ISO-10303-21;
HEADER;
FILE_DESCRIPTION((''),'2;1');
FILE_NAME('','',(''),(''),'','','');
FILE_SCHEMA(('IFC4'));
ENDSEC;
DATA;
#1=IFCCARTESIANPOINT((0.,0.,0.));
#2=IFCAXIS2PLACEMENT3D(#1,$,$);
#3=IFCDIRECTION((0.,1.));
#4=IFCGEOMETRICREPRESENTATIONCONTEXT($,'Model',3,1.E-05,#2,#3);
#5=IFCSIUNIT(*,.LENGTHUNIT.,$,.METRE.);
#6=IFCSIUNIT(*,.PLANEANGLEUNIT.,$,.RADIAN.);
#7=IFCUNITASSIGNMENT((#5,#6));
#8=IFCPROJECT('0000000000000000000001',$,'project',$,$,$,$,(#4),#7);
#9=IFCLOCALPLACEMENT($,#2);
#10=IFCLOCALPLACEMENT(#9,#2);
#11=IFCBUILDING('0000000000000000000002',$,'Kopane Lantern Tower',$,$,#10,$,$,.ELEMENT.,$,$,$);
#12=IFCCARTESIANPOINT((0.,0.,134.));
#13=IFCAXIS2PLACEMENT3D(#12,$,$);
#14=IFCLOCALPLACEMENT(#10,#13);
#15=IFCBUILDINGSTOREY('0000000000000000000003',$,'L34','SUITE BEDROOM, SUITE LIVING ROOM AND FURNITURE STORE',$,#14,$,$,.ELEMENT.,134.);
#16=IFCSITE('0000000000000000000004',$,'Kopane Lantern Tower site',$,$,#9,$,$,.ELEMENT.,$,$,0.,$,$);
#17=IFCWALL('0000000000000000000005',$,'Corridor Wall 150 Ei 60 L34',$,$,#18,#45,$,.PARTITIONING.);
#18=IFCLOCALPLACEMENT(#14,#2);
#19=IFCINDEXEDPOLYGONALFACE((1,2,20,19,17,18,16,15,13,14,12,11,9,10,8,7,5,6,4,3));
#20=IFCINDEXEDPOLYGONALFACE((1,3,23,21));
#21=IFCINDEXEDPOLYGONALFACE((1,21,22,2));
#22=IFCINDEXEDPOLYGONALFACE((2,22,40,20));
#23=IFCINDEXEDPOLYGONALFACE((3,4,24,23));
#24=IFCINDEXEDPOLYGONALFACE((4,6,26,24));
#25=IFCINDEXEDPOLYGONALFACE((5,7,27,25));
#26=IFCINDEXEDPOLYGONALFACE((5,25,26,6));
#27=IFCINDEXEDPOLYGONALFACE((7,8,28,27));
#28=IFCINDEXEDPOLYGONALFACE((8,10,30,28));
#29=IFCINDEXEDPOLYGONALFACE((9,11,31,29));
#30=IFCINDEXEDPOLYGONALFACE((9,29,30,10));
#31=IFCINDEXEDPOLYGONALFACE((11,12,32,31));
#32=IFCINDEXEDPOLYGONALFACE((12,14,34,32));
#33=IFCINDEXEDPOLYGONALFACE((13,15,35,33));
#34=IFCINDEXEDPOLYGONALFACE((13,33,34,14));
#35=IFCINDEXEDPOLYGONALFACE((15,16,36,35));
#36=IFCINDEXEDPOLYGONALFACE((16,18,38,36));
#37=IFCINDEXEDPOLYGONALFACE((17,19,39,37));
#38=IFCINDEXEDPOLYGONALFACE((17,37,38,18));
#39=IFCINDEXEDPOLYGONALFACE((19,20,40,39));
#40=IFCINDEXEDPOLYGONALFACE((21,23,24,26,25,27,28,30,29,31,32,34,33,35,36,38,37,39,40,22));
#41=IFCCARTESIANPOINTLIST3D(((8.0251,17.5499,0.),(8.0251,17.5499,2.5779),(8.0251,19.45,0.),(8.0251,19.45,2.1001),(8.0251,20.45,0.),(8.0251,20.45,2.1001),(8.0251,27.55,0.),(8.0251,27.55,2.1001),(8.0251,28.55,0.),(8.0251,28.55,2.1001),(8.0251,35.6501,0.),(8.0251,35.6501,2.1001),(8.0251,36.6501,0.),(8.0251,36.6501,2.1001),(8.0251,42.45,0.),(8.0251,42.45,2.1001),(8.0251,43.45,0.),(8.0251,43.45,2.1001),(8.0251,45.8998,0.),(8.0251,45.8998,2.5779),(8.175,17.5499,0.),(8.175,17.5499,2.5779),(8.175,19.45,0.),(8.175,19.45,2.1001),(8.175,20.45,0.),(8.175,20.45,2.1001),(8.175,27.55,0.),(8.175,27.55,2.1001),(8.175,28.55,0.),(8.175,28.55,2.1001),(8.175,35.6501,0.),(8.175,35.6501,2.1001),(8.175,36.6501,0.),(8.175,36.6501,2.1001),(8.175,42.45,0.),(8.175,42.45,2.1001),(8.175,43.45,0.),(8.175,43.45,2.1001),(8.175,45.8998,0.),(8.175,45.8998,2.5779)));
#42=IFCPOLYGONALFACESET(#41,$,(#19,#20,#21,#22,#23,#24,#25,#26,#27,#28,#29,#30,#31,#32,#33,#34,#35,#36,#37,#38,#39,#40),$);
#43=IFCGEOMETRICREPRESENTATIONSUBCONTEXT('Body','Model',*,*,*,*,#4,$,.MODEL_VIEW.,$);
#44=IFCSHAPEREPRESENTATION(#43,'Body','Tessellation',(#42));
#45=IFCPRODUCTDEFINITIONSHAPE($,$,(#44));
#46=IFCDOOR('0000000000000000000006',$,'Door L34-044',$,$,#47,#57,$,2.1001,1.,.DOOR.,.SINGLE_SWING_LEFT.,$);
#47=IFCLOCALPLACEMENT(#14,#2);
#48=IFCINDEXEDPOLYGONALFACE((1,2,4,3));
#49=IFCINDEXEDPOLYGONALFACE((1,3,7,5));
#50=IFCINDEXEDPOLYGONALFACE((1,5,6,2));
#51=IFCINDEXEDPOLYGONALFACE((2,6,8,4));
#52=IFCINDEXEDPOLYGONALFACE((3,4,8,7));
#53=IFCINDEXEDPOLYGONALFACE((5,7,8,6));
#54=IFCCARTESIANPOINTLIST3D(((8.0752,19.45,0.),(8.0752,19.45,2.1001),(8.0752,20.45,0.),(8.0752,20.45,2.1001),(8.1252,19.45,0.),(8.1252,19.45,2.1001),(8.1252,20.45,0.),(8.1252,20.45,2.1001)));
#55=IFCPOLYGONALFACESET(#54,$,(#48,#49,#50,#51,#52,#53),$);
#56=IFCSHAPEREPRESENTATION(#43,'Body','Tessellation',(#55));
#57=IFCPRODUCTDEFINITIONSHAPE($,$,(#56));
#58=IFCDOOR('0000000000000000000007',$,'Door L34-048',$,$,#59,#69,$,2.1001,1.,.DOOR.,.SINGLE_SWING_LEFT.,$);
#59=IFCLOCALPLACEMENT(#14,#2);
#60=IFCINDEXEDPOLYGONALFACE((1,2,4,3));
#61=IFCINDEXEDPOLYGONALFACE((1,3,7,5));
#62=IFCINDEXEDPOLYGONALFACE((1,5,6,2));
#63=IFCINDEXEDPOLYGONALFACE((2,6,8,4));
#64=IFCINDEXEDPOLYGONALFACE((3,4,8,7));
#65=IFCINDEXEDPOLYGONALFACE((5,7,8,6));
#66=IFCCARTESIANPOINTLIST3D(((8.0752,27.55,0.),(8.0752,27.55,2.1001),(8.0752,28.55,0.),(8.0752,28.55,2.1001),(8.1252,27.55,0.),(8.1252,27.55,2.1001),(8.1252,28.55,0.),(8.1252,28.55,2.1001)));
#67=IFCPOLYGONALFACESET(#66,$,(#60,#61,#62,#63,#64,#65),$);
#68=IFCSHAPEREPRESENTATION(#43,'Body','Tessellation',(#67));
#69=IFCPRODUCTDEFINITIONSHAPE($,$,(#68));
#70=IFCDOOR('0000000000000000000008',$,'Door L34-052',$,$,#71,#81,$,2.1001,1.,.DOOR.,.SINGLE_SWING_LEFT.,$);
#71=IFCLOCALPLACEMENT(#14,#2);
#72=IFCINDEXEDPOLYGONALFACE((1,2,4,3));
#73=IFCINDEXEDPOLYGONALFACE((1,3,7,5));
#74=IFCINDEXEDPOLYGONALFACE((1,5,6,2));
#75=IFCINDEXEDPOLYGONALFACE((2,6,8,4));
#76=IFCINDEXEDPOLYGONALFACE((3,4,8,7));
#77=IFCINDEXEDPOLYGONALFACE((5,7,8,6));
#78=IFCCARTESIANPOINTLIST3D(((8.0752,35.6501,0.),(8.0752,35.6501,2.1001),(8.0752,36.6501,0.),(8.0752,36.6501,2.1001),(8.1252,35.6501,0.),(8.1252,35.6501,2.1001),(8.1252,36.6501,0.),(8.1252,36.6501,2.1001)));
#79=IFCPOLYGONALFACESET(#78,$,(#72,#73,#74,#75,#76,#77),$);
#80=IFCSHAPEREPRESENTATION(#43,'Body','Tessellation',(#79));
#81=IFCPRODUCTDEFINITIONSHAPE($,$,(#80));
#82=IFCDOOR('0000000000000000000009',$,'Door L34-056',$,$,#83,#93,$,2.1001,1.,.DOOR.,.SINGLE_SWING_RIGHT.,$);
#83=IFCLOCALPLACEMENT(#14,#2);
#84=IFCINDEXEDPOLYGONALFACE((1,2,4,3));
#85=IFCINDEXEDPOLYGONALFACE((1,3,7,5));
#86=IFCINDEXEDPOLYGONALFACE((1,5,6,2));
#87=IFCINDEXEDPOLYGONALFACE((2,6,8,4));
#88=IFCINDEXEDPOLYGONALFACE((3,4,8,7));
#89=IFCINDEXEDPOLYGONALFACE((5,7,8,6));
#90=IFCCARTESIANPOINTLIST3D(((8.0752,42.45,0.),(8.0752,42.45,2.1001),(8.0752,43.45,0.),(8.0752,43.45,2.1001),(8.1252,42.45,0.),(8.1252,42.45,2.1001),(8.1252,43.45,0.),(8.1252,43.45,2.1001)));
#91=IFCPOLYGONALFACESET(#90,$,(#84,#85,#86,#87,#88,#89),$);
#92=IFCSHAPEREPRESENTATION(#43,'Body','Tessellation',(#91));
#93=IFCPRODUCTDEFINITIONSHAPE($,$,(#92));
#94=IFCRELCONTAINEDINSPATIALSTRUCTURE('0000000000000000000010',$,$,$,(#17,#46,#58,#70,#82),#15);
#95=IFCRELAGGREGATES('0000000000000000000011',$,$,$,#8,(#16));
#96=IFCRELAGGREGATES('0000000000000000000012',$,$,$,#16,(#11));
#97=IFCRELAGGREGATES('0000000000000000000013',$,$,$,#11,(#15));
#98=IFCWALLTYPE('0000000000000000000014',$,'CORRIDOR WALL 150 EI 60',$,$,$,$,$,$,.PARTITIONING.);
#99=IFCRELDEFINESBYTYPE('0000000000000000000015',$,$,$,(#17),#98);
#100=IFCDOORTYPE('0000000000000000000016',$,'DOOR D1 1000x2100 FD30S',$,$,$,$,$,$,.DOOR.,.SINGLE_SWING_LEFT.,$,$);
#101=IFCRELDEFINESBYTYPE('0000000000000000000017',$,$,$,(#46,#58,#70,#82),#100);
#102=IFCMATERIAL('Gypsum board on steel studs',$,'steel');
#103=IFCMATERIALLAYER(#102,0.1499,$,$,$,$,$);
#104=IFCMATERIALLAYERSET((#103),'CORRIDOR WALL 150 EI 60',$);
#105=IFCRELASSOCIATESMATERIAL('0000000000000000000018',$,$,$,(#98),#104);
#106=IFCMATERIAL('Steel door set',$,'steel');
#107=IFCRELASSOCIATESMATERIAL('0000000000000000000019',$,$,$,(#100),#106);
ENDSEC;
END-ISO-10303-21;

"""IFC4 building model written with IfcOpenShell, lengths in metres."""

from ifc_helpers import new_model, si_unit, direction, frame, frame_2d, origin, place, context, subcontext, project, spatial, rectangle, extrude, material, layer, layer_set, type_object, element, fill, save


model = new_model("IFC4")

# Units and contexts
model_context = context("Model", 3, precision=1e-05, world=origin(), true_north=direction((0.0, 1.0)))
body_context = subcontext(model_context, "Body", "Model", "MODEL_VIEW")
ifc_project = project(units=[si_unit("LENGTHUNIT", "METRE"), si_unit("PLANEANGLEUNIT", "RADIAN")], contexts=[model_context])

# Site, building, storey
site_placement = place(None, origin())
site = spatial("IfcSite", under=ifc_project, at=site_placement, Name="Kopane Lantern Tower site", CompositionType="ELEMENT", RefElevation=0.0)
building_placement = place(site_placement, origin())
building = spatial("IfcBuilding", under=site, at=building_placement, Name="Kopane Lantern Tower", CompositionType="ELEMENT")
storey_placement = place(building_placement, frame((0.0, 0.0, 134.0)))
storey = spatial("IfcBuildingStorey", under=building, at=storey_placement, Name="L34", Description="SUITE BEDROOM, SUITE LIVING ROOM AND FURNITURE STORE", CompositionType="ELEMENT", Elevation=134.0)

# Wall, openings, doors
ifc_material_1 = material(Name="Gypsum board on steel studs", Category="steel")
ifc_layer_1 = layer(ifc_material_1, 0.1499)
ifc_layer_set_1 = layer_set([ifc_layer_1], Name="CORRIDOR WALL 150 EI 60")
wall_type_1 = type_object("IfcWallType", Name="CORRIDOR WALL 150 EI 60", PredefinedType="PARTITIONING", material=ifc_layer_set_1)
ifc_material_2 = material(Name="Steel door set", Category="steel")
door_type_1 = type_object("IfcDoorType", Name="DOOR D1 1000x2100 FD30S", OperationType="SINGLE_SWING_LEFT", PredefinedType="DOOR", material=ifc_material_2)
wall_1_placement = place(storey_placement, frame((8.1001, 17.55, 0.0), z_axis=(0.0, 0.0, 1.0), x_axis=(0.0, 1.0, 0.0)))
wall_1 = element("IfcWall", 1, at=wall_1_placement, inside=storey, type_object=wall_type_1, Name="Corridor Wall 150 Ei 60 L34", PredefinedType="PARTITIONING", context=body_context, shape_type="SweptSolid", body=[
    extrude(rectangle(XDim=28.3499, YDim=0.1499, at=frame_2d((14.1748, 0.0))), origin(), (0.0, 0.0, 1.0), 2.5779),
])
opening_1_placement = place(wall_1_placement, frame((1.8999, 0.0, 0.0)))
opening_1 = element("IfcOpeningElement", 2, at=opening_1_placement, cuts=wall_1, PredefinedType="OPENING", context=body_context, shape_type="SweptSolid", body=[
    extrude(rectangle(XDim=1.0, YDim=2.1001, at=frame_2d((0.5, 1.05))), frame((0.0, 0.085, 0.0), z_axis=(0.0, -1.0, 0.0), x_axis=(1.0, 0.0, 0.0)), (0.0, 0.0, 1.0), 0.1699),
])
opening_2_placement = place(wall_1_placement, frame((10.0, 0.0, 0.0)))
opening_2 = element("IfcOpeningElement", 3, at=opening_2_placement, cuts=wall_1, PredefinedType="OPENING", context=body_context, shape_type="SweptSolid", body=[
    extrude(rectangle(XDim=1.0, YDim=2.1001, at=frame_2d((0.5, 1.05))), frame((0.0, 0.085, 0.0), z_axis=(0.0, -1.0, 0.0), x_axis=(1.0, 0.0, 0.0)), (0.0, 0.0, 1.0), 0.1699),
])
opening_3_placement = place(wall_1_placement, frame((18.1001, 0.0, 0.0)))
opening_3 = element("IfcOpeningElement", 4, at=opening_3_placement, cuts=wall_1, PredefinedType="OPENING", context=body_context, shape_type="SweptSolid", body=[
    extrude(rectangle(XDim=1.0, YDim=2.1001, at=frame_2d((0.5, 1.05))), frame((0.0, 0.085, 0.0), z_axis=(0.0, -1.0, 0.0), x_axis=(1.0, 0.0, 0.0)), (0.0, 0.0, 1.0), 0.1699),
])
opening_4_placement = place(wall_1_placement, frame((24.8999, 0.0, 0.0)))
opening_4 = element("IfcOpeningElement", 5, at=opening_4_placement, cuts=wall_1, PredefinedType="OPENING", context=body_context, shape_type="SweptSolid", body=[
    extrude(rectangle(XDim=1.0, YDim=2.1001, at=frame_2d((0.5, 1.05))), frame((0.0, 0.085, 0.0), z_axis=(0.0, -1.0, 0.0), x_axis=(1.0, 0.0, 0.0)), (0.0, 0.0, 1.0), 0.1699),
])
door_1_placement = place(opening_1_placement, origin())
door_1 = element("IfcDoor", 6, at=door_1_placement, inside=storey, type_object=door_type_1, Name="Door L34-044", OperationType="SINGLE_SWING_LEFT", OverallHeight=2.1001, OverallWidth=1.0, PredefinedType="DOOR", context=body_context, shape_type="SweptSolid", body=[
    extrude(rectangle(XDim=1.0, YDim=2.1001, at=frame_2d((0.5, 1.05))), frame((0.0, 0.0249, 0.0), z_axis=(0.0, -1.0, 0.0), x_axis=(1.0, 0.0, 0.0)), (0.0, 0.0, 1.0), 0.05),
])
fill(opening_1, door_1)
door_2_placement = place(opening_2_placement, origin())
door_2 = element("IfcDoor", 7, at=door_2_placement, inside=storey, type_object=door_type_1, Name="Door L34-048", OperationType="SINGLE_SWING_LEFT", OverallHeight=2.1001, OverallWidth=1.0, PredefinedType="DOOR", context=body_context, shape_type="SweptSolid", body=[
    extrude(rectangle(XDim=1.0, YDim=2.1001, at=frame_2d((0.5, 1.05))), frame((0.0, 0.0249, 0.0), z_axis=(0.0, -1.0, 0.0), x_axis=(1.0, 0.0, 0.0)), (0.0, 0.0, 1.0), 0.05),
])
fill(opening_2, door_2)
door_3_placement = place(opening_3_placement, origin())
door_3 = element("IfcDoor", 8, at=door_3_placement, inside=storey, type_object=door_type_1, Name="Door L34-052", OperationType="SINGLE_SWING_LEFT", OverallHeight=2.1001, OverallWidth=1.0, PredefinedType="DOOR", context=body_context, shape_type="SweptSolid", body=[
    extrude(rectangle(XDim=1.0, YDim=2.1001, at=frame_2d((0.5, 1.05))), frame((0.0, 0.0249, 0.0), z_axis=(0.0, -1.0, 0.0), x_axis=(1.0, 0.0, 0.0)), (0.0, 0.0, 1.0), 0.05),
])
fill(opening_3, door_3)
door_4_placement = place(opening_4_placement, origin())
door_4 = element("IfcDoor", 9, at=door_4_placement, inside=storey, type_object=door_type_1, Name="Door L34-056", OperationType="SINGLE_SWING_RIGHT", OverallHeight=2.1001, OverallWidth=1.0, PredefinedType="DOOR", context=body_context, shape_type="SweptSolid", body=[
    extrude(rectangle(XDim=1.0, YDim=2.1001, at=frame_2d((0.5, 1.05))), frame((0.0, 0.0249, 0.0), z_axis=(0.0, -1.0, 0.0), x_axis=(1.0, 0.0, 0.0)), (0.0, 0.0, 1.0), 0.05),
])
fill(opening_4, door_4)

save(model, "model.ifc")
